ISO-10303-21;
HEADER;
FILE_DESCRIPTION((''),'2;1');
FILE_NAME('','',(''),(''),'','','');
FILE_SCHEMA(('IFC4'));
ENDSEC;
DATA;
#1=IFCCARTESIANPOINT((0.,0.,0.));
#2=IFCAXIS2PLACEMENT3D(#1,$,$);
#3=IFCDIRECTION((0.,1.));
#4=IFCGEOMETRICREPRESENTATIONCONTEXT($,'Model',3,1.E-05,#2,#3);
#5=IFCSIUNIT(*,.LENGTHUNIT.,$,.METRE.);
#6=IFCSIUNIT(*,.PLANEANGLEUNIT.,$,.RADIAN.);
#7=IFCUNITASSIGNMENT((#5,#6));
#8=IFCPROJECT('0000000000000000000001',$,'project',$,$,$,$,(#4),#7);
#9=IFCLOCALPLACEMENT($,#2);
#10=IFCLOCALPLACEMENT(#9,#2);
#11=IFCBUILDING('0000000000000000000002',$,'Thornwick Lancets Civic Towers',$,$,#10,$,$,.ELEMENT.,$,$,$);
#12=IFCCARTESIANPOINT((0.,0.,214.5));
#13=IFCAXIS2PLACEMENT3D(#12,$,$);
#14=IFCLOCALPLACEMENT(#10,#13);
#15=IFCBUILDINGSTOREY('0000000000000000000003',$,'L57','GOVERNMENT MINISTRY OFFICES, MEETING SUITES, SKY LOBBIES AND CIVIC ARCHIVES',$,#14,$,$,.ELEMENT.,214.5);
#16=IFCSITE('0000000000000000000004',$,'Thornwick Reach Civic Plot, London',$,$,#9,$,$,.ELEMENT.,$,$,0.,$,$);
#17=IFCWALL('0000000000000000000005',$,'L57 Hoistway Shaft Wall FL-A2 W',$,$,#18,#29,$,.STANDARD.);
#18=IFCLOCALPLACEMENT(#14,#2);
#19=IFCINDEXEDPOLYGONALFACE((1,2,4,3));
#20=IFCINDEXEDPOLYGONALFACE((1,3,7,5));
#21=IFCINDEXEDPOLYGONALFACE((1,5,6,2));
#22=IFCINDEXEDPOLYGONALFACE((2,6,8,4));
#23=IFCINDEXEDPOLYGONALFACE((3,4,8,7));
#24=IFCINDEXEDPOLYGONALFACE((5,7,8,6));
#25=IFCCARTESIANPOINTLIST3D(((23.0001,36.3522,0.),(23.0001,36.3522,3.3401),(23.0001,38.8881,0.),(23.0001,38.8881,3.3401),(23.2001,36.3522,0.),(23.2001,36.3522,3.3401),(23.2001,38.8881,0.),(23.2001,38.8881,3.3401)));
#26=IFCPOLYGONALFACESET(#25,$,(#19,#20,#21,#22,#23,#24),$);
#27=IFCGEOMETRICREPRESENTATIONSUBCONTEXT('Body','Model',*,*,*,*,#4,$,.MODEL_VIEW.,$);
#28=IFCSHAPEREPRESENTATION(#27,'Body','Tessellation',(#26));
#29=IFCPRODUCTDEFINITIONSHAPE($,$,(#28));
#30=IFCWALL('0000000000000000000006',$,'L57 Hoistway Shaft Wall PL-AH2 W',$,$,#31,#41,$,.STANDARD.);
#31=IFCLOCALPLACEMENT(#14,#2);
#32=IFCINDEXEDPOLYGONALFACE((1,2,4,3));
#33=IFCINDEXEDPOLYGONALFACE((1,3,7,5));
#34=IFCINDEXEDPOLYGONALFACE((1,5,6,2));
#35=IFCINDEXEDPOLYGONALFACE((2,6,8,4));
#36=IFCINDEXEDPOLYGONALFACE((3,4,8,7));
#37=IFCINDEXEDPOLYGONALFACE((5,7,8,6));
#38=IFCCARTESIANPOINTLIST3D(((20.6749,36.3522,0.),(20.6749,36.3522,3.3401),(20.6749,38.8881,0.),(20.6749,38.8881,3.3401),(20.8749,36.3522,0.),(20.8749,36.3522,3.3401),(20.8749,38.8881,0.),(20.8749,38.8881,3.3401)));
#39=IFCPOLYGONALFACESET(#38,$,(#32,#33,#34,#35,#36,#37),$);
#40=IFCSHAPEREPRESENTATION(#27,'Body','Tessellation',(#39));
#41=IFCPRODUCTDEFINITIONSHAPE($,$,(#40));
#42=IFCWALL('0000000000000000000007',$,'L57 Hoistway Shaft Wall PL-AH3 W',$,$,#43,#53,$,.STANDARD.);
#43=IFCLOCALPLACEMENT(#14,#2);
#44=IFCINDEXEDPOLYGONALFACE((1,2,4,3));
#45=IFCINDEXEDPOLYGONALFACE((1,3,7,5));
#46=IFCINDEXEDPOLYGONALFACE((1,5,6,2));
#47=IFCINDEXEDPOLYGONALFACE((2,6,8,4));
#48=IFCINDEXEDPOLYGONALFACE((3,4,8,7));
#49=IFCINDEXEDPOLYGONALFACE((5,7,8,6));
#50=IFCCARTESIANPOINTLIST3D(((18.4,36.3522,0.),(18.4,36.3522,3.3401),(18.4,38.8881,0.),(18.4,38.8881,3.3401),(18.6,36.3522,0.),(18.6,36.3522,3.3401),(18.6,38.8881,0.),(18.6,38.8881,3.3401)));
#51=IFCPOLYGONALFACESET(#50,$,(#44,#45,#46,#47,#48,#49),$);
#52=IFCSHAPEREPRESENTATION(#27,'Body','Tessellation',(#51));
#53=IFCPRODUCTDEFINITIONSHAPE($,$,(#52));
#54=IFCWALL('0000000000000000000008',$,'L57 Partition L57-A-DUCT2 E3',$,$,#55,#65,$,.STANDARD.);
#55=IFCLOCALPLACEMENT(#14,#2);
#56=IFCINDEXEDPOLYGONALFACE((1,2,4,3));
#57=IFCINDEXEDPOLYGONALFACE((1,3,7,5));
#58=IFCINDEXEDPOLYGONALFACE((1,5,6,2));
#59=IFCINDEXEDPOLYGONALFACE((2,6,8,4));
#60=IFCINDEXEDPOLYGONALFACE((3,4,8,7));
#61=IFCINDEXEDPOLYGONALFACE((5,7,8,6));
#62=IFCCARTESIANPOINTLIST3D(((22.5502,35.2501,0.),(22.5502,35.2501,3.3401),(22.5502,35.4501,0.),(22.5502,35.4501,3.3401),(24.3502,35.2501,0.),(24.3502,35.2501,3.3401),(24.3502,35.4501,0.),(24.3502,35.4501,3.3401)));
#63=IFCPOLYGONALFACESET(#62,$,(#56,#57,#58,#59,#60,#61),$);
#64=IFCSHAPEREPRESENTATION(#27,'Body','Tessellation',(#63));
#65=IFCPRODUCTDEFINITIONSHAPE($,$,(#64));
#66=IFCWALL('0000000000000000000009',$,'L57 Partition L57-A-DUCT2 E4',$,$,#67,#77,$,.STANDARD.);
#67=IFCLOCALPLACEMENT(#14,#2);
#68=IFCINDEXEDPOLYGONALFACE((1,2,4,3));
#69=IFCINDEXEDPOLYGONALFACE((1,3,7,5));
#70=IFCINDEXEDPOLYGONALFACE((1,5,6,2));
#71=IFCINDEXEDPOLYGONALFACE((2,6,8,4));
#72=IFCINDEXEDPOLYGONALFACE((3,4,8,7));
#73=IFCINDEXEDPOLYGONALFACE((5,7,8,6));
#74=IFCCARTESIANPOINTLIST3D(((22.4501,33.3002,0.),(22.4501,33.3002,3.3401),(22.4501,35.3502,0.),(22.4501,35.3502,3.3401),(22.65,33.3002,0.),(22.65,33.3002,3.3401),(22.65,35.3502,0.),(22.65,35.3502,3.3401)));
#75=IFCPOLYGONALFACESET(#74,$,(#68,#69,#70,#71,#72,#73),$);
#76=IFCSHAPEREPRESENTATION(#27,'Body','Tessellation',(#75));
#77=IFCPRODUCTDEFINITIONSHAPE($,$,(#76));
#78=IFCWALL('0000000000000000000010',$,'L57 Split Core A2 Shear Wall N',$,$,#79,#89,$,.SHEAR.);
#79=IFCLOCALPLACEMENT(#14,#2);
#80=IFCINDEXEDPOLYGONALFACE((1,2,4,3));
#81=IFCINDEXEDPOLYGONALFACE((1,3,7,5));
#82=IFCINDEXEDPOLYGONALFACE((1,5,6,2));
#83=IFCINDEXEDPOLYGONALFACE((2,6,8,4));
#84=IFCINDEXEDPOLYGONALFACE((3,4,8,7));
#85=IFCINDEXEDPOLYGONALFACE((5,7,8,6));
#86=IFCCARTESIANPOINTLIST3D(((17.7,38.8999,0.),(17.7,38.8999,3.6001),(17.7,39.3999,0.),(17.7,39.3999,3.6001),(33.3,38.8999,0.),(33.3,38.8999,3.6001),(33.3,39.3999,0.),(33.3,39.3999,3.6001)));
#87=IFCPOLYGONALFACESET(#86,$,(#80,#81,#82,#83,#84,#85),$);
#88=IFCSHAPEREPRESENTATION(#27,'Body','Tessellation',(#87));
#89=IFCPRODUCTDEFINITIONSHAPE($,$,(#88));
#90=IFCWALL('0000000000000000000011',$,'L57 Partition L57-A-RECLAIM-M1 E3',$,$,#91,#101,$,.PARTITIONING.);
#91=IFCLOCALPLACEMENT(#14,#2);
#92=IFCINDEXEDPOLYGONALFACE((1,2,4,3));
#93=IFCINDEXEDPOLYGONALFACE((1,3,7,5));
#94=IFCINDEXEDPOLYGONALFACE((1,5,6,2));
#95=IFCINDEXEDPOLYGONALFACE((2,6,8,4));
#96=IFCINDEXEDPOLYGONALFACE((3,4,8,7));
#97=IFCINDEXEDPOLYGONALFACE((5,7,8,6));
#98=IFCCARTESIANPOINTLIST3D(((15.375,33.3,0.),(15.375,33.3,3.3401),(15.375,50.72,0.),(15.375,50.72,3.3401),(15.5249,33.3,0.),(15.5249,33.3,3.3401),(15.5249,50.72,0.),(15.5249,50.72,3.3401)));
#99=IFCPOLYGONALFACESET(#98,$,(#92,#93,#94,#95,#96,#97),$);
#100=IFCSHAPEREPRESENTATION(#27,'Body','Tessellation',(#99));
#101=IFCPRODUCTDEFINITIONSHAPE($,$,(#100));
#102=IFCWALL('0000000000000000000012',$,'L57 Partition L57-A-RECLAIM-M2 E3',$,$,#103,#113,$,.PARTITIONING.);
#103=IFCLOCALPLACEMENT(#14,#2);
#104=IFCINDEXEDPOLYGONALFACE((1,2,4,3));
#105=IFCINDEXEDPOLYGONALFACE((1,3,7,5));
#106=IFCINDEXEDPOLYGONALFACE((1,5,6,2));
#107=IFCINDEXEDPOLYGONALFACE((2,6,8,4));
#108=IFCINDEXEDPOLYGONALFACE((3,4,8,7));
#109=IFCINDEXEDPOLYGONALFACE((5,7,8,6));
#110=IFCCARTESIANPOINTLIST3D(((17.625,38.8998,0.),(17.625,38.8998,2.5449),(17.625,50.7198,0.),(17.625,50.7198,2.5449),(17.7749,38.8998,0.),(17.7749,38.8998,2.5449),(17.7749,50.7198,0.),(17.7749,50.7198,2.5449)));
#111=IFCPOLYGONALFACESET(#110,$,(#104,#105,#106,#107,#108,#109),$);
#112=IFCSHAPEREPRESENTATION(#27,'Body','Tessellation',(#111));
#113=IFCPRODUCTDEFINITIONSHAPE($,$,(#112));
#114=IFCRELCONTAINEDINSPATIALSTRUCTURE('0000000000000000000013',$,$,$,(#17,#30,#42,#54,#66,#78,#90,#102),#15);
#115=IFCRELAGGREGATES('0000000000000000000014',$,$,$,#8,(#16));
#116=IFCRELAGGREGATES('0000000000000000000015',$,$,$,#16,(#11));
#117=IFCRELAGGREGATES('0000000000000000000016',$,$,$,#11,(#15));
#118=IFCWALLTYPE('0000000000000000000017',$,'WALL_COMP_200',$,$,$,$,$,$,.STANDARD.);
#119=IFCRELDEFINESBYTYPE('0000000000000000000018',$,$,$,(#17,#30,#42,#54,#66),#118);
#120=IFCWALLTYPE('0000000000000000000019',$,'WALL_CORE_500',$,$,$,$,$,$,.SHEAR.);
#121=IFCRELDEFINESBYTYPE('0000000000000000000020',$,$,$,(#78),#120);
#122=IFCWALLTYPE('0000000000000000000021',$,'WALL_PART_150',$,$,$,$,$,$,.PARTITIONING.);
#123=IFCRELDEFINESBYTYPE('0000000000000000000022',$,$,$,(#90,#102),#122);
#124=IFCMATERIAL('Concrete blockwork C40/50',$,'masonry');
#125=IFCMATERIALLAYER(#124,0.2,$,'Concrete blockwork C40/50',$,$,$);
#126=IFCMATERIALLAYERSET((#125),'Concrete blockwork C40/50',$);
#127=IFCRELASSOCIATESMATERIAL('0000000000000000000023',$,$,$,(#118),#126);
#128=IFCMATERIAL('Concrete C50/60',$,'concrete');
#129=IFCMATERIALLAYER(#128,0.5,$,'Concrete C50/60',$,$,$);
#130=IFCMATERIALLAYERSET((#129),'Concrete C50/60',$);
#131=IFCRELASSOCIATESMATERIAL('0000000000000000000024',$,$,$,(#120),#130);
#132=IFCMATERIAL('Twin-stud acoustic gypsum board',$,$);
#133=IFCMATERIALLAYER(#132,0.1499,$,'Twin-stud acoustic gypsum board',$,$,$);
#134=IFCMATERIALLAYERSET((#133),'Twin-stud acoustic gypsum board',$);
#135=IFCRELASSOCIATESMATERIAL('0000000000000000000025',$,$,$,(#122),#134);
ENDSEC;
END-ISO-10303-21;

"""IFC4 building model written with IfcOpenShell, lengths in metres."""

from ifc_helpers import new_model, si_unit, direction, frame, frame_2d, origin, place, context, subcontext, project, spatial, rectangle, extrude, material, layer, layer_set, type_object, element, save


model = new_model("IFC4")

# Units and contexts
model_context = context("Model", 3, precision=1e-05, world=origin(), true_north=direction((0.0, 1.0)))
body_context = subcontext(model_context, "Body", "Model", "MODEL_VIEW")
ifc_project = project(units=[si_unit("LENGTHUNIT", "METRE"), si_unit("PLANEANGLEUNIT", "RADIAN")], contexts=[model_context])

# Site, building, storey
site_placement = place(None, origin())
site = spatial("IfcSite", under=ifc_project, at=site_placement, Name="Thornwick Reach Civic Plot, London", CompositionType="ELEMENT", RefElevation=0.0)
building_placement = place(site_placement, origin())
building = spatial("IfcBuilding", under=site, at=building_placement, Name="Thornwick Lancets Civic Towers", CompositionType="ELEMENT")
storey_placement = place(building_placement, frame((0.0, 0.0, 214.5)))
storey = spatial("IfcBuildingStorey", under=building, at=storey_placement, Name="L57", Description="GOVERNMENT MINISTRY OFFICES, MEETING SUITES, SKY LOBBIES AND CIVIC ARCHIVES", CompositionType="ELEMENT", Elevation=214.5)

# Shared definitions
ifc_material_1 = material(Name="Concrete C50/60", Category="concrete")

# Shared definitions
ifc_material_2 = material(Name="Concrete blockwork C40/50", Category="masonry")
ifc_layer_1 = layer(ifc_material_2, 0.2, Name="Concrete blockwork C40/50")
ifc_layer_set_1 = layer_set([ifc_layer_1], Name="Concrete blockwork C40/50")
wall_type_1 = type_object("IfcWallType", Name="WALL_COMP_200", PredefinedType="STANDARD", material=ifc_layer_set_1)

# Walls
for number, where, z_axis, x_axis, name in (
    (1, (23.1001, 36.3521, 0.0), (0.0, 0.0, 1.0), (0.0, 1.0, 0.0), "L57 Hoistway Shaft Wall FL-A2 W"),
    (2, (20.7749, 36.3521, 0.0), (0.0, 0.0, 1.0), (0.0, 1.0, 0.0), "L57 Hoistway Shaft Wall PL-AH2 W"),
    (3, (18.5, 36.3521, 0.0), (0.0, 0.0, 1.0), (0.0, 1.0, 0.0), "L57 Hoistway Shaft Wall PL-AH3 W"),
):
    element("IfcWall", number, at=place(storey_placement, frame(where, z_axis=z_axis, x_axis=x_axis)), inside=storey, type_object=wall_type_1, Name=name, PredefinedType="STANDARD", context=body_context, shape_type="SweptSolid", body=[
        extrude(rectangle(XDim=2.5359, YDim=0.2, at=frame_2d((1.2681, 0.0))), origin(), (0.0, 0.0, 1.0), 3.3401),
    ])
wall_1_placement = place(storey_placement, frame((24.3501, 35.3501, 0.0), z_axis=(0.0, 0.0, 1.0), x_axis=(-1.0, 0.0, 0.0)))
element("IfcWall", 4, at=wall_1_placement, inside=storey, type_object=wall_type_1, Name="L57 Partition L57-A-DUCT2 E3", PredefinedType="STANDARD", context=body_context, shape_type="SweptSolid", body=[
    extrude(rectangle(XDim=1.8, YDim=0.2, at=frame_2d((0.8999, 0.0))), origin(), (0.0, 0.0, 1.0), 3.3401),
])
wall_2_placement = place(storey_placement, frame((22.55, 35.3501, 0.0), z_axis=(0.0, 0.0, 1.0), x_axis=(0.0, -1.0, 0.0)))
element("IfcWall", 5, at=wall_2_placement, inside=storey, type_object=wall_type_1, Name="L57 Partition L57-A-DUCT2 E4", PredefinedType="STANDARD", context=body_context, shape_type="SweptSolid", body=[
    extrude(rectangle(XDim=2.05, YDim=0.2, at=frame_2d((1.0249, 0.0))), origin(), (0.0, 0.0, 1.0), 3.3401),
])
ifc_layer_2 = layer(ifc_material_1, 0.5, Name="Concrete C50/60")
ifc_layer_set_2 = layer_set([ifc_layer_2], Name="Concrete C50/60")
wall_type_2 = type_object("IfcWallType", Name="WALL_CORE_500", PredefinedType="SHEAR", material=ifc_layer_set_2)
wall_3_placement = place(storey_placement, frame((17.7, 39.1499, 0.0), z_axis=(0.0, 0.0, 1.0), x_axis=(1.0, 0.0, 0.0)))
element("IfcWall", 6, at=wall_3_placement, inside=storey, type_object=wall_type_2, Name="L57 Split Core A2 Shear Wall N", PredefinedType="SHEAR", context=body_context, shape_type="SweptSolid", body=[
    extrude(rectangle(XDim=15.6001, YDim=0.5, at=frame_2d((7.8, 0.0))), origin(), (0.0, 0.0, 1.0), 3.6001),
])
ifc_material_3 = material(Name="Twin-stud acoustic gypsum board")
ifc_layer_3 = layer(ifc_material_3, 0.1499, Name="Twin-stud acoustic gypsum board")
ifc_layer_set_3 = layer_set([ifc_layer_3], Name="Twin-stud acoustic gypsum board")
wall_type_3 = type_object("IfcWallType", Name="WALL_PART_150", PredefinedType="PARTITIONING", material=ifc_layer_set_3)
wall_4_placement = place(storey_placement, frame((15.45, 50.72, 0.0), z_axis=(0.0, 0.0, 1.0), x_axis=(0.0, -1.0, 0.0)))
element("IfcWall", 7, at=wall_4_placement, inside=storey, type_object=wall_type_3, Name="L57 Partition L57-A-RECLAIM-M1 E3", PredefinedType="PARTITIONING", context=body_context, shape_type="SweptSolid", body=[
    extrude(rectangle(XDim=17.4199, YDim=0.1499, at=frame_2d((8.71, 0.0))), origin(), (0.0, 0.0, 1.0), 3.3401),
])
wall_5_placement = place(storey_placement, frame((17.7, 50.72, 0.0), z_axis=(0.0, 0.0, 1.0), x_axis=(0.0, -1.0, 0.0)))
element("IfcWall", 8, at=wall_5_placement, inside=storey, type_object=wall_type_3, Name="L57 Partition L57-A-RECLAIM-M2 E3", PredefinedType="PARTITIONING", context=body_context, shape_type="SweptSolid", body=[
    extrude(rectangle(XDim=11.8201, YDim=0.1499, at=frame_2d((5.9102, 0.0))), origin(), (0.0, 0.0, 1.0), 2.5449),
])

save(model, "model.ifc")
